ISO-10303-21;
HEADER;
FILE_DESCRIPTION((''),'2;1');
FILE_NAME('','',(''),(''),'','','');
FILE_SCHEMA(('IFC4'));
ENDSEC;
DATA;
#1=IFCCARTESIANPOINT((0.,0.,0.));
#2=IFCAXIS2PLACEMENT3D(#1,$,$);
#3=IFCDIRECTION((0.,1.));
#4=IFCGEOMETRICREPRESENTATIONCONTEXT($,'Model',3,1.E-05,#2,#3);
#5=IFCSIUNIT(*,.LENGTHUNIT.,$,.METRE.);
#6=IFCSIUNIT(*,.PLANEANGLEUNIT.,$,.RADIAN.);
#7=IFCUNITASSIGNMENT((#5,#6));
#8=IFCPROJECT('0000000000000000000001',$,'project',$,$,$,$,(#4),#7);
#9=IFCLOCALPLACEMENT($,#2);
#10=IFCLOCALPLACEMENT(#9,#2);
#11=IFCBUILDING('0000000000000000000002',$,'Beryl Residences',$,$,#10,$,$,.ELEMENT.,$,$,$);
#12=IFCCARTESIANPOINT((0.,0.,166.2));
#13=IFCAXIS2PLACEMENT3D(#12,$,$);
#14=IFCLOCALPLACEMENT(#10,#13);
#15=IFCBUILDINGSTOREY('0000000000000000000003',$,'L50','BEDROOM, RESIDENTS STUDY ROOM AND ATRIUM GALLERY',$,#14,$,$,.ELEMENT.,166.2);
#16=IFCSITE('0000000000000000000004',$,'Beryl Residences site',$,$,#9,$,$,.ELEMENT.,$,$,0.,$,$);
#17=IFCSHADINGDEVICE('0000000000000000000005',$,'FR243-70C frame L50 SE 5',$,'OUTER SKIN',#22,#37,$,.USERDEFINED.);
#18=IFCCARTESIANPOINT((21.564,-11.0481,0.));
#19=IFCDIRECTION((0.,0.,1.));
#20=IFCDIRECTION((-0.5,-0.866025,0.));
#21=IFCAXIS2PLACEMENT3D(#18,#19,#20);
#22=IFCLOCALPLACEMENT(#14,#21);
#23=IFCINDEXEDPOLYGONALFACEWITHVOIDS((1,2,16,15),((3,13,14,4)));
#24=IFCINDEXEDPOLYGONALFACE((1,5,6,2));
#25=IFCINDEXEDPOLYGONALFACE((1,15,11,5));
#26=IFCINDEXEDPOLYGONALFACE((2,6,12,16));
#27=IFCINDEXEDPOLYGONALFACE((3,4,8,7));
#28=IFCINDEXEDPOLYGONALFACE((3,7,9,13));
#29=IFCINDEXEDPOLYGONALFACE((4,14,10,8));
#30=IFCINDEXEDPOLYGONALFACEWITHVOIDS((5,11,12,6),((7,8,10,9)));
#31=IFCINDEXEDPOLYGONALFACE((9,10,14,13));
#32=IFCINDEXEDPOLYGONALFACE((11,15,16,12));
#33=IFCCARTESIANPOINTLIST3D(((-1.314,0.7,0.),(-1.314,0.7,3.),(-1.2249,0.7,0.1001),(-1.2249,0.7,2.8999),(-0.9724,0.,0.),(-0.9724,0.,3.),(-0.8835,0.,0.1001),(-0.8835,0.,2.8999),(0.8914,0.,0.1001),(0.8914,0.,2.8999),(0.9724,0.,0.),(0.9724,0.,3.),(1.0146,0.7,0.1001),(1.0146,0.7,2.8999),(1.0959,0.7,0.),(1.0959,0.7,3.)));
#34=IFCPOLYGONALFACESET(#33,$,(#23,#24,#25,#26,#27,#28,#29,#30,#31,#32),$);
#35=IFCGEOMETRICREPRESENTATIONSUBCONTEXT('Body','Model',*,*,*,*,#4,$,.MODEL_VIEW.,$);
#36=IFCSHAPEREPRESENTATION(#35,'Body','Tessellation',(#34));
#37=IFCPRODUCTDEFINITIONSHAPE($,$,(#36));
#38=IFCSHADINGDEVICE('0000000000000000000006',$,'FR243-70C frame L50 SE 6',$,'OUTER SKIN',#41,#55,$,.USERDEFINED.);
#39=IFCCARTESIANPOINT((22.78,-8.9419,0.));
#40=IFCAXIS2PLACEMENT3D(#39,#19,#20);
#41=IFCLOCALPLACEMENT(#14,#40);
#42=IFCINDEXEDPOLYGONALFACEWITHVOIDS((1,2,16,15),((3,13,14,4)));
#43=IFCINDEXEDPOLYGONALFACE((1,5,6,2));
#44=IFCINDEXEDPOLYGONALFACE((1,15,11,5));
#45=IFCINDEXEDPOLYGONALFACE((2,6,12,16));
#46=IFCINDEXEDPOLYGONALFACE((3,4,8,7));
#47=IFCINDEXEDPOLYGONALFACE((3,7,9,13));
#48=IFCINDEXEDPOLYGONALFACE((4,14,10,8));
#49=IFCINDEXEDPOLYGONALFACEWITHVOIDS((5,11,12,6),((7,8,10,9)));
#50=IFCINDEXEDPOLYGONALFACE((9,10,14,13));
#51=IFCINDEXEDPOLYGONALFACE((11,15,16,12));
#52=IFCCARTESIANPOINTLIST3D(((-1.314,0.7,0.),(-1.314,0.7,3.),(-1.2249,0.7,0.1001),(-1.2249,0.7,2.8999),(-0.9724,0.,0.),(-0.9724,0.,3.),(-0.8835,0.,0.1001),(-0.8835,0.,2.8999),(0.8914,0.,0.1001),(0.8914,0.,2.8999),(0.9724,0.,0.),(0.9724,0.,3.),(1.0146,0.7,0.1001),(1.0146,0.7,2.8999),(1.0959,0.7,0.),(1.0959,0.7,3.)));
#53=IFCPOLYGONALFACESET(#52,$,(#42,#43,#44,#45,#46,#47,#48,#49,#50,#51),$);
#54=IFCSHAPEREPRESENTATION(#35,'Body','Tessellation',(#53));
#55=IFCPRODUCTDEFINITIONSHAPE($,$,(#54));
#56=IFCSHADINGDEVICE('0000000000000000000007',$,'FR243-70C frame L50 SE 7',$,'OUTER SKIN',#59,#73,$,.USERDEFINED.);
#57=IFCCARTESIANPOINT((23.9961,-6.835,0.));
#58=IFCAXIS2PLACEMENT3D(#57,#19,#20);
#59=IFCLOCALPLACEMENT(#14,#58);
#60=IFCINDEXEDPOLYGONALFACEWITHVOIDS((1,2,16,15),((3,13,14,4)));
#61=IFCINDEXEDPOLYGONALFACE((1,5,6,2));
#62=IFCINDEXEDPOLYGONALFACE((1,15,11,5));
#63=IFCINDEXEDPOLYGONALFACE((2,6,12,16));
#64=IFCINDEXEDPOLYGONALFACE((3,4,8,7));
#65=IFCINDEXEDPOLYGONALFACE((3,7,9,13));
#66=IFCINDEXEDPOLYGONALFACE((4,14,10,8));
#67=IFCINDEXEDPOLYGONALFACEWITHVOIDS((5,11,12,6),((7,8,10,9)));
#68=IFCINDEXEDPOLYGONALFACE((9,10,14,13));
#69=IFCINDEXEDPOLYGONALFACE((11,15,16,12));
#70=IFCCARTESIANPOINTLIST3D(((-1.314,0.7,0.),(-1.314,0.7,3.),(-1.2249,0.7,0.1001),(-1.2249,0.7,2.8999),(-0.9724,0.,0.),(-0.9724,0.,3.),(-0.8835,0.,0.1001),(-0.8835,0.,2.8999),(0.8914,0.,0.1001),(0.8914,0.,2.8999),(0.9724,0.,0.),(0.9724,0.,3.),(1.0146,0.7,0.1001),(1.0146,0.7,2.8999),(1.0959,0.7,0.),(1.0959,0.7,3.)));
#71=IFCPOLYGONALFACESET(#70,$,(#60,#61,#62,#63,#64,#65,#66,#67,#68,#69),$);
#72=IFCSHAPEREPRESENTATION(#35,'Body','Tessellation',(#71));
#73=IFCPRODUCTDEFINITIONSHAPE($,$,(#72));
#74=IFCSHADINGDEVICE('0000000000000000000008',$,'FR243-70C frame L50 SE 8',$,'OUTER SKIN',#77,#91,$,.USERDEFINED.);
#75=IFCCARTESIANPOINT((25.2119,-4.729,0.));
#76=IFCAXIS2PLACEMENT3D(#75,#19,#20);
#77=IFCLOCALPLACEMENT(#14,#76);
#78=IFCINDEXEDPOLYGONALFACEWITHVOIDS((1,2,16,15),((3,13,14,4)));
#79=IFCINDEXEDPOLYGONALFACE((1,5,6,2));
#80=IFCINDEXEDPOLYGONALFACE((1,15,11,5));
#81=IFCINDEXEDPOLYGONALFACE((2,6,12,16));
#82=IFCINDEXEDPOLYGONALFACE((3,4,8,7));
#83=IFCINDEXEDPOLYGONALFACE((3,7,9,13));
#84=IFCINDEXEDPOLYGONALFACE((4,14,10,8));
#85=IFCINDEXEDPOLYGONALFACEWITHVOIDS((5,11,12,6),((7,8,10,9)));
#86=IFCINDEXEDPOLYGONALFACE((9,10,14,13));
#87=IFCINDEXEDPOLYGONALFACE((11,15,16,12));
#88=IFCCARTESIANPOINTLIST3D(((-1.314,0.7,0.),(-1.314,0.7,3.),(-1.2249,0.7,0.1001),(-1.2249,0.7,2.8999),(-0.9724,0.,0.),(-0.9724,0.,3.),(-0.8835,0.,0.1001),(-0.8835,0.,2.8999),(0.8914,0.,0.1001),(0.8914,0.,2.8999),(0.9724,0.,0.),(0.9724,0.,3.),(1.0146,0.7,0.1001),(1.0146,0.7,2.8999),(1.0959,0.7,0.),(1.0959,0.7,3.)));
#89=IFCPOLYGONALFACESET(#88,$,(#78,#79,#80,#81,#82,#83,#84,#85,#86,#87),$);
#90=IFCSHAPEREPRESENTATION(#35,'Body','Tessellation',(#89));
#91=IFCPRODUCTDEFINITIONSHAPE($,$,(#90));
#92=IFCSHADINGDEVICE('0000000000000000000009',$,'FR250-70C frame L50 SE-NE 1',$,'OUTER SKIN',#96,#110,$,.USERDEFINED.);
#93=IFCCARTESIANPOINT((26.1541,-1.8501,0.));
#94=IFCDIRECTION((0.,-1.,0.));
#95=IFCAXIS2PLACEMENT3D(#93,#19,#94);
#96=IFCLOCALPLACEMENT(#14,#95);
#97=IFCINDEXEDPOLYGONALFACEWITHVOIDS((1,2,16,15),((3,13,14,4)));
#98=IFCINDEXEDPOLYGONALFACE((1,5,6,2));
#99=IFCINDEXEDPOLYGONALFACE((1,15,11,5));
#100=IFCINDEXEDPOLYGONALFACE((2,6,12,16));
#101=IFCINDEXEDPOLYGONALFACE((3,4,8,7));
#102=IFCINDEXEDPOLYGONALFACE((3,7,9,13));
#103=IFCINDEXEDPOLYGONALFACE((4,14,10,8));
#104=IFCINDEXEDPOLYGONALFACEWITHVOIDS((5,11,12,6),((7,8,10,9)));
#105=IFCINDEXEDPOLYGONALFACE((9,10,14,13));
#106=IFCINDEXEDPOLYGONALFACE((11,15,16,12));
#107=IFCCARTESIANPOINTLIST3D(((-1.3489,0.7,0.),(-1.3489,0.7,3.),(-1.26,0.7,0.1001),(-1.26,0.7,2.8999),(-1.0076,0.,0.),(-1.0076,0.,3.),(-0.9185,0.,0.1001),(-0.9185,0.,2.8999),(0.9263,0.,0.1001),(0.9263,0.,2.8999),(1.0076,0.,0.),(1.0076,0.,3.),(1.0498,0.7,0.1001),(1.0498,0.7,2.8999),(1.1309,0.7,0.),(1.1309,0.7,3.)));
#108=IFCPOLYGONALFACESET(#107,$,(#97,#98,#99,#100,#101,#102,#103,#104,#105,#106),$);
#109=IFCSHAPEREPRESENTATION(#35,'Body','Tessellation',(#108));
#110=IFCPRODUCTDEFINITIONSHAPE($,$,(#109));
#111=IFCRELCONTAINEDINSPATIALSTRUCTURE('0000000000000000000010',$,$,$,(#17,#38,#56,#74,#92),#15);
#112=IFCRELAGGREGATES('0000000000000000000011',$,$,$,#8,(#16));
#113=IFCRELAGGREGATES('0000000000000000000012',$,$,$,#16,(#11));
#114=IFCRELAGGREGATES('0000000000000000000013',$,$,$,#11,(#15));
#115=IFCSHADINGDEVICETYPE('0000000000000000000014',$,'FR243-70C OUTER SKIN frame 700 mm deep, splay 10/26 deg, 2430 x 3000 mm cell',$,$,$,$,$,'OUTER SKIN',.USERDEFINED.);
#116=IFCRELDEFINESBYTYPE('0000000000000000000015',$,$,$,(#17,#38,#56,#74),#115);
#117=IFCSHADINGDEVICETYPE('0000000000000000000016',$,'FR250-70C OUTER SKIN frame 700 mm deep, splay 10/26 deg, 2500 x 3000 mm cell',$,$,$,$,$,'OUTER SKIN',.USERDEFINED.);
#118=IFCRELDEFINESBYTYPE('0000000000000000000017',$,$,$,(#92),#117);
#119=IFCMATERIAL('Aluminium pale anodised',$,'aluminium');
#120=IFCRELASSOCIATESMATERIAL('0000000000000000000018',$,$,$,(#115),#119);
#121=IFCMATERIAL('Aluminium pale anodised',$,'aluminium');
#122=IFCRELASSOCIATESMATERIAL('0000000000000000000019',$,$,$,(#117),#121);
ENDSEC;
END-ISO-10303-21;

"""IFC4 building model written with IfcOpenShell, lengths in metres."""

from ifc_helpers import new_model, entity, si_unit, direction, frame, origin, place, context, subcontext, project, spatial, source, transform, mapped, material, type_object, type_shapes, element, save


model = new_model("IFC4")

# Units and contexts
model_context = context("Model", 3, precision=1e-05, world=origin(), true_north=direction((0.0, 1.0)))
body_context = subcontext(model_context, "Body", "Model", "MODEL_VIEW")
ifc_project = project(units=[si_unit("LENGTHUNIT", "METRE"), si_unit("PLANEANGLEUNIT", "RADIAN")], contexts=[model_context])

# Site, building, storey
site_placement = place(None, origin())
site = spatial("IfcSite", under=ifc_project, at=site_placement, Name="Beryl Residences site", CompositionType="ELEMENT", RefElevation=0.0)
building_placement = place(site_placement, origin())
building = spatial("IfcBuilding", under=site, at=building_placement, Name="Beryl Residences", CompositionType="ELEMENT")
storey_placement = place(building_placement, frame((0.0, 0.0, 166.2)))
storey = spatial("IfcBuildingStorey", under=building, at=storey_placement, Name="L50", Description="BEDROOM, RESIDENTS STUDY ROOM AND ATRIUM GALLERY", CompositionType="ELEMENT", Elevation=166.2)

# Shading devices
ifc_material_1 = material(Name="Aluminium pale anodised", Category="aluminium")
shading_device_type_1 = type_object("IfcShadingDeviceType", Name="FR243-70C OUTER SKIN frame 700 mm deep, splay 10/26 deg, 2430 x 3000 mm cell", ElementType="OUTER SKIN", PredefinedType="USERDEFINED", material=ifc_material_1)
cartesian_point_1 = entity("IfcCartesianPoint", [-0.9724, 0.0])
cartesian_point_2 = entity("IfcCartesianPoint", [-0.8914, 0.1001])
cartesian_point_3 = entity("IfcCartesianPoint", [-1.0959, 0.0])
cartesian_point_4 = entity("IfcCartesianPoint", [-1.0146, 0.1001])
shared_shape_1 = source(origin(), body_context, "Body", "SweptSolid", [
    entity("IfcExtrudedAreaSolidTapered", entity("IfcArbitraryProfileDefWithVoids", "AREA", None, entity("IfcPolyline", [cartesian_point_1, entity("IfcCartesianPoint", [0.9724, 0.0]), entity("IfcCartesianPoint", [0.9724, 3.0]), entity("IfcCartesianPoint", [-0.9724, 3.0]), cartesian_point_1]), [entity("IfcPolyline", [cartesian_point_2, entity("IfcCartesianPoint", [0.8835, 0.1001]), entity("IfcCartesianPoint", [0.8835, 2.8999]), entity("IfcCartesianPoint", [-0.8914, 2.8999]), cartesian_point_2])]), entity("IfcAxis2Placement3D", entity("IfcCartesianPoint", [0.0, 0.0, 0.0]), entity("IfcDirection", [0.0, 1.0, 0.0]), entity("IfcDirection", [-1.0, 0.0, 0.0])), entity("IfcDirection", [0.0, 0.0, 1.0]), 0.7, entity("IfcArbitraryProfileDefWithVoids", "AREA", None, entity("IfcPolyline", [cartesian_point_3, entity("IfcCartesianPoint", [1.314, 0.0]), entity("IfcCartesianPoint", [1.314, 3.0]), entity("IfcCartesianPoint", [-1.0959, 3.0]), cartesian_point_3]), [entity("IfcPolyline", [cartesian_point_4, entity("IfcCartesianPoint", [1.2249, 0.1001]), entity("IfcCartesianPoint", [1.2249, 2.8999]), entity("IfcCartesianPoint", [-1.0146, 2.8999]), cartesian_point_4])])),
])
type_shapes(shading_device_type_1, [shared_shape_1])
for number, where, z_axis, x_axis, name in (
    (1, (21.564, -11.0481, 0.0), (0.0, 0.0, 1.0), (-0.5, -0.866025, 0.0), "FR243-70C frame L50 SE 5"),
    (2, (22.78, -8.9419, 0.0), (0.0, 0.0, 1.0), (-0.5, -0.866025, 0.0), "FR243-70C frame L50 SE 6"),
    (3, (23.9961, -6.835, 0.0), (0.0, 0.0, 1.0), (-0.5, -0.866025, 0.0), "FR243-70C frame L50 SE 7"),
    (4, (25.2119, -4.729, 0.0), (0.0, 0.0, 1.0), (-0.5, -0.866025, 0.0), "FR243-70C frame L50 SE 8"),
):
    element("IfcShadingDevice", number, at=place(storey_placement, frame(where, z_axis=z_axis, x_axis=x_axis)), inside=storey, type_object=shading_device_type_1, Name=name, ObjectType="OUTER SKIN", PredefinedType="USERDEFINED", context=body_context, shape_type="MappedRepresentation", body=[
        mapped(shared_shape_1, transform((0.0, 0.0, 0.0))),
    ])
ifc_material_2 = material(Name="Aluminium pale anodised", Category="aluminium")
shading_device_type_2 = type_object("IfcShadingDeviceType", Name="FR250-70C OUTER SKIN frame 700 mm deep, splay 10/26 deg, 2500 x 3000 mm cell", ElementType="OUTER SKIN", PredefinedType="USERDEFINED", material=ifc_material_2)
cartesian_point_5 = entity("IfcCartesianPoint", [-1.0076, 0.0])
cartesian_point_6 = entity("IfcCartesianPoint", [-0.9263, 0.1001])
cartesian_point_7 = entity("IfcCartesianPoint", [-1.1309, 0.0])
cartesian_point_8 = entity("IfcCartesianPoint", [-1.0498, 0.1001])
shared_shape_2 = source(origin(), body_context, "Body", "SweptSolid", [
    entity("IfcExtrudedAreaSolidTapered", entity("IfcArbitraryProfileDefWithVoids", "AREA", None, entity("IfcPolyline", [cartesian_point_5, entity("IfcCartesianPoint", [1.0076, 0.0]), entity("IfcCartesianPoint", [1.0076, 3.0]), entity("IfcCartesianPoint", [-1.0076, 3.0]), cartesian_point_5]), [entity("IfcPolyline", [cartesian_point_6, entity("IfcCartesianPoint", [0.9185, 0.1001]), entity("IfcCartesianPoint", [0.9185, 2.8999]), entity("IfcCartesianPoint", [-0.9263, 2.8999]), cartesian_point_6])]), entity("IfcAxis2Placement3D", entity("IfcCartesianPoint", [0.0, 0.0, 0.0]), entity("IfcDirection", [0.0, 1.0, 0.0]), entity("IfcDirection", [-1.0, 0.0, 0.0])), entity("IfcDirection", [0.0, 0.0, 1.0]), 0.7, entity("IfcArbitraryProfileDefWithVoids", "AREA", None, entity("IfcPolyline", [cartesian_point_7, entity("IfcCartesianPoint", [1.3489, 0.0]), entity("IfcCartesianPoint", [1.3489, 3.0]), entity("IfcCartesianPoint", [-1.1309, 3.0]), cartesian_point_7]), [entity("IfcPolyline", [cartesian_point_8, entity("IfcCartesianPoint", [1.26, 0.1001]), entity("IfcCartesianPoint", [1.26, 2.8999]), entity("IfcCartesianPoint", [-1.0498, 2.8999]), cartesian_point_8])])),
])
type_shapes(shading_device_type_2, [shared_shape_2])
shading_device_placement = place(storey_placement, frame((26.1541, -1.8501, 0.0), z_axis=(0.0, 0.0, 1.0), x_axis=(0.0, -1.0, 0.0)))
element("IfcShadingDevice", 5, at=shading_device_placement, inside=storey, type_object=shading_device_type_2, Name="FR250-70C frame L50 SE-NE 1", ObjectType="OUTER SKIN", PredefinedType="USERDEFINED", context=body_context, shape_type="MappedRepresentation", body=[
    mapped(shared_shape_2, transform((0.0, 0.0, 0.0))),
])

save(model, "model.ifc")
